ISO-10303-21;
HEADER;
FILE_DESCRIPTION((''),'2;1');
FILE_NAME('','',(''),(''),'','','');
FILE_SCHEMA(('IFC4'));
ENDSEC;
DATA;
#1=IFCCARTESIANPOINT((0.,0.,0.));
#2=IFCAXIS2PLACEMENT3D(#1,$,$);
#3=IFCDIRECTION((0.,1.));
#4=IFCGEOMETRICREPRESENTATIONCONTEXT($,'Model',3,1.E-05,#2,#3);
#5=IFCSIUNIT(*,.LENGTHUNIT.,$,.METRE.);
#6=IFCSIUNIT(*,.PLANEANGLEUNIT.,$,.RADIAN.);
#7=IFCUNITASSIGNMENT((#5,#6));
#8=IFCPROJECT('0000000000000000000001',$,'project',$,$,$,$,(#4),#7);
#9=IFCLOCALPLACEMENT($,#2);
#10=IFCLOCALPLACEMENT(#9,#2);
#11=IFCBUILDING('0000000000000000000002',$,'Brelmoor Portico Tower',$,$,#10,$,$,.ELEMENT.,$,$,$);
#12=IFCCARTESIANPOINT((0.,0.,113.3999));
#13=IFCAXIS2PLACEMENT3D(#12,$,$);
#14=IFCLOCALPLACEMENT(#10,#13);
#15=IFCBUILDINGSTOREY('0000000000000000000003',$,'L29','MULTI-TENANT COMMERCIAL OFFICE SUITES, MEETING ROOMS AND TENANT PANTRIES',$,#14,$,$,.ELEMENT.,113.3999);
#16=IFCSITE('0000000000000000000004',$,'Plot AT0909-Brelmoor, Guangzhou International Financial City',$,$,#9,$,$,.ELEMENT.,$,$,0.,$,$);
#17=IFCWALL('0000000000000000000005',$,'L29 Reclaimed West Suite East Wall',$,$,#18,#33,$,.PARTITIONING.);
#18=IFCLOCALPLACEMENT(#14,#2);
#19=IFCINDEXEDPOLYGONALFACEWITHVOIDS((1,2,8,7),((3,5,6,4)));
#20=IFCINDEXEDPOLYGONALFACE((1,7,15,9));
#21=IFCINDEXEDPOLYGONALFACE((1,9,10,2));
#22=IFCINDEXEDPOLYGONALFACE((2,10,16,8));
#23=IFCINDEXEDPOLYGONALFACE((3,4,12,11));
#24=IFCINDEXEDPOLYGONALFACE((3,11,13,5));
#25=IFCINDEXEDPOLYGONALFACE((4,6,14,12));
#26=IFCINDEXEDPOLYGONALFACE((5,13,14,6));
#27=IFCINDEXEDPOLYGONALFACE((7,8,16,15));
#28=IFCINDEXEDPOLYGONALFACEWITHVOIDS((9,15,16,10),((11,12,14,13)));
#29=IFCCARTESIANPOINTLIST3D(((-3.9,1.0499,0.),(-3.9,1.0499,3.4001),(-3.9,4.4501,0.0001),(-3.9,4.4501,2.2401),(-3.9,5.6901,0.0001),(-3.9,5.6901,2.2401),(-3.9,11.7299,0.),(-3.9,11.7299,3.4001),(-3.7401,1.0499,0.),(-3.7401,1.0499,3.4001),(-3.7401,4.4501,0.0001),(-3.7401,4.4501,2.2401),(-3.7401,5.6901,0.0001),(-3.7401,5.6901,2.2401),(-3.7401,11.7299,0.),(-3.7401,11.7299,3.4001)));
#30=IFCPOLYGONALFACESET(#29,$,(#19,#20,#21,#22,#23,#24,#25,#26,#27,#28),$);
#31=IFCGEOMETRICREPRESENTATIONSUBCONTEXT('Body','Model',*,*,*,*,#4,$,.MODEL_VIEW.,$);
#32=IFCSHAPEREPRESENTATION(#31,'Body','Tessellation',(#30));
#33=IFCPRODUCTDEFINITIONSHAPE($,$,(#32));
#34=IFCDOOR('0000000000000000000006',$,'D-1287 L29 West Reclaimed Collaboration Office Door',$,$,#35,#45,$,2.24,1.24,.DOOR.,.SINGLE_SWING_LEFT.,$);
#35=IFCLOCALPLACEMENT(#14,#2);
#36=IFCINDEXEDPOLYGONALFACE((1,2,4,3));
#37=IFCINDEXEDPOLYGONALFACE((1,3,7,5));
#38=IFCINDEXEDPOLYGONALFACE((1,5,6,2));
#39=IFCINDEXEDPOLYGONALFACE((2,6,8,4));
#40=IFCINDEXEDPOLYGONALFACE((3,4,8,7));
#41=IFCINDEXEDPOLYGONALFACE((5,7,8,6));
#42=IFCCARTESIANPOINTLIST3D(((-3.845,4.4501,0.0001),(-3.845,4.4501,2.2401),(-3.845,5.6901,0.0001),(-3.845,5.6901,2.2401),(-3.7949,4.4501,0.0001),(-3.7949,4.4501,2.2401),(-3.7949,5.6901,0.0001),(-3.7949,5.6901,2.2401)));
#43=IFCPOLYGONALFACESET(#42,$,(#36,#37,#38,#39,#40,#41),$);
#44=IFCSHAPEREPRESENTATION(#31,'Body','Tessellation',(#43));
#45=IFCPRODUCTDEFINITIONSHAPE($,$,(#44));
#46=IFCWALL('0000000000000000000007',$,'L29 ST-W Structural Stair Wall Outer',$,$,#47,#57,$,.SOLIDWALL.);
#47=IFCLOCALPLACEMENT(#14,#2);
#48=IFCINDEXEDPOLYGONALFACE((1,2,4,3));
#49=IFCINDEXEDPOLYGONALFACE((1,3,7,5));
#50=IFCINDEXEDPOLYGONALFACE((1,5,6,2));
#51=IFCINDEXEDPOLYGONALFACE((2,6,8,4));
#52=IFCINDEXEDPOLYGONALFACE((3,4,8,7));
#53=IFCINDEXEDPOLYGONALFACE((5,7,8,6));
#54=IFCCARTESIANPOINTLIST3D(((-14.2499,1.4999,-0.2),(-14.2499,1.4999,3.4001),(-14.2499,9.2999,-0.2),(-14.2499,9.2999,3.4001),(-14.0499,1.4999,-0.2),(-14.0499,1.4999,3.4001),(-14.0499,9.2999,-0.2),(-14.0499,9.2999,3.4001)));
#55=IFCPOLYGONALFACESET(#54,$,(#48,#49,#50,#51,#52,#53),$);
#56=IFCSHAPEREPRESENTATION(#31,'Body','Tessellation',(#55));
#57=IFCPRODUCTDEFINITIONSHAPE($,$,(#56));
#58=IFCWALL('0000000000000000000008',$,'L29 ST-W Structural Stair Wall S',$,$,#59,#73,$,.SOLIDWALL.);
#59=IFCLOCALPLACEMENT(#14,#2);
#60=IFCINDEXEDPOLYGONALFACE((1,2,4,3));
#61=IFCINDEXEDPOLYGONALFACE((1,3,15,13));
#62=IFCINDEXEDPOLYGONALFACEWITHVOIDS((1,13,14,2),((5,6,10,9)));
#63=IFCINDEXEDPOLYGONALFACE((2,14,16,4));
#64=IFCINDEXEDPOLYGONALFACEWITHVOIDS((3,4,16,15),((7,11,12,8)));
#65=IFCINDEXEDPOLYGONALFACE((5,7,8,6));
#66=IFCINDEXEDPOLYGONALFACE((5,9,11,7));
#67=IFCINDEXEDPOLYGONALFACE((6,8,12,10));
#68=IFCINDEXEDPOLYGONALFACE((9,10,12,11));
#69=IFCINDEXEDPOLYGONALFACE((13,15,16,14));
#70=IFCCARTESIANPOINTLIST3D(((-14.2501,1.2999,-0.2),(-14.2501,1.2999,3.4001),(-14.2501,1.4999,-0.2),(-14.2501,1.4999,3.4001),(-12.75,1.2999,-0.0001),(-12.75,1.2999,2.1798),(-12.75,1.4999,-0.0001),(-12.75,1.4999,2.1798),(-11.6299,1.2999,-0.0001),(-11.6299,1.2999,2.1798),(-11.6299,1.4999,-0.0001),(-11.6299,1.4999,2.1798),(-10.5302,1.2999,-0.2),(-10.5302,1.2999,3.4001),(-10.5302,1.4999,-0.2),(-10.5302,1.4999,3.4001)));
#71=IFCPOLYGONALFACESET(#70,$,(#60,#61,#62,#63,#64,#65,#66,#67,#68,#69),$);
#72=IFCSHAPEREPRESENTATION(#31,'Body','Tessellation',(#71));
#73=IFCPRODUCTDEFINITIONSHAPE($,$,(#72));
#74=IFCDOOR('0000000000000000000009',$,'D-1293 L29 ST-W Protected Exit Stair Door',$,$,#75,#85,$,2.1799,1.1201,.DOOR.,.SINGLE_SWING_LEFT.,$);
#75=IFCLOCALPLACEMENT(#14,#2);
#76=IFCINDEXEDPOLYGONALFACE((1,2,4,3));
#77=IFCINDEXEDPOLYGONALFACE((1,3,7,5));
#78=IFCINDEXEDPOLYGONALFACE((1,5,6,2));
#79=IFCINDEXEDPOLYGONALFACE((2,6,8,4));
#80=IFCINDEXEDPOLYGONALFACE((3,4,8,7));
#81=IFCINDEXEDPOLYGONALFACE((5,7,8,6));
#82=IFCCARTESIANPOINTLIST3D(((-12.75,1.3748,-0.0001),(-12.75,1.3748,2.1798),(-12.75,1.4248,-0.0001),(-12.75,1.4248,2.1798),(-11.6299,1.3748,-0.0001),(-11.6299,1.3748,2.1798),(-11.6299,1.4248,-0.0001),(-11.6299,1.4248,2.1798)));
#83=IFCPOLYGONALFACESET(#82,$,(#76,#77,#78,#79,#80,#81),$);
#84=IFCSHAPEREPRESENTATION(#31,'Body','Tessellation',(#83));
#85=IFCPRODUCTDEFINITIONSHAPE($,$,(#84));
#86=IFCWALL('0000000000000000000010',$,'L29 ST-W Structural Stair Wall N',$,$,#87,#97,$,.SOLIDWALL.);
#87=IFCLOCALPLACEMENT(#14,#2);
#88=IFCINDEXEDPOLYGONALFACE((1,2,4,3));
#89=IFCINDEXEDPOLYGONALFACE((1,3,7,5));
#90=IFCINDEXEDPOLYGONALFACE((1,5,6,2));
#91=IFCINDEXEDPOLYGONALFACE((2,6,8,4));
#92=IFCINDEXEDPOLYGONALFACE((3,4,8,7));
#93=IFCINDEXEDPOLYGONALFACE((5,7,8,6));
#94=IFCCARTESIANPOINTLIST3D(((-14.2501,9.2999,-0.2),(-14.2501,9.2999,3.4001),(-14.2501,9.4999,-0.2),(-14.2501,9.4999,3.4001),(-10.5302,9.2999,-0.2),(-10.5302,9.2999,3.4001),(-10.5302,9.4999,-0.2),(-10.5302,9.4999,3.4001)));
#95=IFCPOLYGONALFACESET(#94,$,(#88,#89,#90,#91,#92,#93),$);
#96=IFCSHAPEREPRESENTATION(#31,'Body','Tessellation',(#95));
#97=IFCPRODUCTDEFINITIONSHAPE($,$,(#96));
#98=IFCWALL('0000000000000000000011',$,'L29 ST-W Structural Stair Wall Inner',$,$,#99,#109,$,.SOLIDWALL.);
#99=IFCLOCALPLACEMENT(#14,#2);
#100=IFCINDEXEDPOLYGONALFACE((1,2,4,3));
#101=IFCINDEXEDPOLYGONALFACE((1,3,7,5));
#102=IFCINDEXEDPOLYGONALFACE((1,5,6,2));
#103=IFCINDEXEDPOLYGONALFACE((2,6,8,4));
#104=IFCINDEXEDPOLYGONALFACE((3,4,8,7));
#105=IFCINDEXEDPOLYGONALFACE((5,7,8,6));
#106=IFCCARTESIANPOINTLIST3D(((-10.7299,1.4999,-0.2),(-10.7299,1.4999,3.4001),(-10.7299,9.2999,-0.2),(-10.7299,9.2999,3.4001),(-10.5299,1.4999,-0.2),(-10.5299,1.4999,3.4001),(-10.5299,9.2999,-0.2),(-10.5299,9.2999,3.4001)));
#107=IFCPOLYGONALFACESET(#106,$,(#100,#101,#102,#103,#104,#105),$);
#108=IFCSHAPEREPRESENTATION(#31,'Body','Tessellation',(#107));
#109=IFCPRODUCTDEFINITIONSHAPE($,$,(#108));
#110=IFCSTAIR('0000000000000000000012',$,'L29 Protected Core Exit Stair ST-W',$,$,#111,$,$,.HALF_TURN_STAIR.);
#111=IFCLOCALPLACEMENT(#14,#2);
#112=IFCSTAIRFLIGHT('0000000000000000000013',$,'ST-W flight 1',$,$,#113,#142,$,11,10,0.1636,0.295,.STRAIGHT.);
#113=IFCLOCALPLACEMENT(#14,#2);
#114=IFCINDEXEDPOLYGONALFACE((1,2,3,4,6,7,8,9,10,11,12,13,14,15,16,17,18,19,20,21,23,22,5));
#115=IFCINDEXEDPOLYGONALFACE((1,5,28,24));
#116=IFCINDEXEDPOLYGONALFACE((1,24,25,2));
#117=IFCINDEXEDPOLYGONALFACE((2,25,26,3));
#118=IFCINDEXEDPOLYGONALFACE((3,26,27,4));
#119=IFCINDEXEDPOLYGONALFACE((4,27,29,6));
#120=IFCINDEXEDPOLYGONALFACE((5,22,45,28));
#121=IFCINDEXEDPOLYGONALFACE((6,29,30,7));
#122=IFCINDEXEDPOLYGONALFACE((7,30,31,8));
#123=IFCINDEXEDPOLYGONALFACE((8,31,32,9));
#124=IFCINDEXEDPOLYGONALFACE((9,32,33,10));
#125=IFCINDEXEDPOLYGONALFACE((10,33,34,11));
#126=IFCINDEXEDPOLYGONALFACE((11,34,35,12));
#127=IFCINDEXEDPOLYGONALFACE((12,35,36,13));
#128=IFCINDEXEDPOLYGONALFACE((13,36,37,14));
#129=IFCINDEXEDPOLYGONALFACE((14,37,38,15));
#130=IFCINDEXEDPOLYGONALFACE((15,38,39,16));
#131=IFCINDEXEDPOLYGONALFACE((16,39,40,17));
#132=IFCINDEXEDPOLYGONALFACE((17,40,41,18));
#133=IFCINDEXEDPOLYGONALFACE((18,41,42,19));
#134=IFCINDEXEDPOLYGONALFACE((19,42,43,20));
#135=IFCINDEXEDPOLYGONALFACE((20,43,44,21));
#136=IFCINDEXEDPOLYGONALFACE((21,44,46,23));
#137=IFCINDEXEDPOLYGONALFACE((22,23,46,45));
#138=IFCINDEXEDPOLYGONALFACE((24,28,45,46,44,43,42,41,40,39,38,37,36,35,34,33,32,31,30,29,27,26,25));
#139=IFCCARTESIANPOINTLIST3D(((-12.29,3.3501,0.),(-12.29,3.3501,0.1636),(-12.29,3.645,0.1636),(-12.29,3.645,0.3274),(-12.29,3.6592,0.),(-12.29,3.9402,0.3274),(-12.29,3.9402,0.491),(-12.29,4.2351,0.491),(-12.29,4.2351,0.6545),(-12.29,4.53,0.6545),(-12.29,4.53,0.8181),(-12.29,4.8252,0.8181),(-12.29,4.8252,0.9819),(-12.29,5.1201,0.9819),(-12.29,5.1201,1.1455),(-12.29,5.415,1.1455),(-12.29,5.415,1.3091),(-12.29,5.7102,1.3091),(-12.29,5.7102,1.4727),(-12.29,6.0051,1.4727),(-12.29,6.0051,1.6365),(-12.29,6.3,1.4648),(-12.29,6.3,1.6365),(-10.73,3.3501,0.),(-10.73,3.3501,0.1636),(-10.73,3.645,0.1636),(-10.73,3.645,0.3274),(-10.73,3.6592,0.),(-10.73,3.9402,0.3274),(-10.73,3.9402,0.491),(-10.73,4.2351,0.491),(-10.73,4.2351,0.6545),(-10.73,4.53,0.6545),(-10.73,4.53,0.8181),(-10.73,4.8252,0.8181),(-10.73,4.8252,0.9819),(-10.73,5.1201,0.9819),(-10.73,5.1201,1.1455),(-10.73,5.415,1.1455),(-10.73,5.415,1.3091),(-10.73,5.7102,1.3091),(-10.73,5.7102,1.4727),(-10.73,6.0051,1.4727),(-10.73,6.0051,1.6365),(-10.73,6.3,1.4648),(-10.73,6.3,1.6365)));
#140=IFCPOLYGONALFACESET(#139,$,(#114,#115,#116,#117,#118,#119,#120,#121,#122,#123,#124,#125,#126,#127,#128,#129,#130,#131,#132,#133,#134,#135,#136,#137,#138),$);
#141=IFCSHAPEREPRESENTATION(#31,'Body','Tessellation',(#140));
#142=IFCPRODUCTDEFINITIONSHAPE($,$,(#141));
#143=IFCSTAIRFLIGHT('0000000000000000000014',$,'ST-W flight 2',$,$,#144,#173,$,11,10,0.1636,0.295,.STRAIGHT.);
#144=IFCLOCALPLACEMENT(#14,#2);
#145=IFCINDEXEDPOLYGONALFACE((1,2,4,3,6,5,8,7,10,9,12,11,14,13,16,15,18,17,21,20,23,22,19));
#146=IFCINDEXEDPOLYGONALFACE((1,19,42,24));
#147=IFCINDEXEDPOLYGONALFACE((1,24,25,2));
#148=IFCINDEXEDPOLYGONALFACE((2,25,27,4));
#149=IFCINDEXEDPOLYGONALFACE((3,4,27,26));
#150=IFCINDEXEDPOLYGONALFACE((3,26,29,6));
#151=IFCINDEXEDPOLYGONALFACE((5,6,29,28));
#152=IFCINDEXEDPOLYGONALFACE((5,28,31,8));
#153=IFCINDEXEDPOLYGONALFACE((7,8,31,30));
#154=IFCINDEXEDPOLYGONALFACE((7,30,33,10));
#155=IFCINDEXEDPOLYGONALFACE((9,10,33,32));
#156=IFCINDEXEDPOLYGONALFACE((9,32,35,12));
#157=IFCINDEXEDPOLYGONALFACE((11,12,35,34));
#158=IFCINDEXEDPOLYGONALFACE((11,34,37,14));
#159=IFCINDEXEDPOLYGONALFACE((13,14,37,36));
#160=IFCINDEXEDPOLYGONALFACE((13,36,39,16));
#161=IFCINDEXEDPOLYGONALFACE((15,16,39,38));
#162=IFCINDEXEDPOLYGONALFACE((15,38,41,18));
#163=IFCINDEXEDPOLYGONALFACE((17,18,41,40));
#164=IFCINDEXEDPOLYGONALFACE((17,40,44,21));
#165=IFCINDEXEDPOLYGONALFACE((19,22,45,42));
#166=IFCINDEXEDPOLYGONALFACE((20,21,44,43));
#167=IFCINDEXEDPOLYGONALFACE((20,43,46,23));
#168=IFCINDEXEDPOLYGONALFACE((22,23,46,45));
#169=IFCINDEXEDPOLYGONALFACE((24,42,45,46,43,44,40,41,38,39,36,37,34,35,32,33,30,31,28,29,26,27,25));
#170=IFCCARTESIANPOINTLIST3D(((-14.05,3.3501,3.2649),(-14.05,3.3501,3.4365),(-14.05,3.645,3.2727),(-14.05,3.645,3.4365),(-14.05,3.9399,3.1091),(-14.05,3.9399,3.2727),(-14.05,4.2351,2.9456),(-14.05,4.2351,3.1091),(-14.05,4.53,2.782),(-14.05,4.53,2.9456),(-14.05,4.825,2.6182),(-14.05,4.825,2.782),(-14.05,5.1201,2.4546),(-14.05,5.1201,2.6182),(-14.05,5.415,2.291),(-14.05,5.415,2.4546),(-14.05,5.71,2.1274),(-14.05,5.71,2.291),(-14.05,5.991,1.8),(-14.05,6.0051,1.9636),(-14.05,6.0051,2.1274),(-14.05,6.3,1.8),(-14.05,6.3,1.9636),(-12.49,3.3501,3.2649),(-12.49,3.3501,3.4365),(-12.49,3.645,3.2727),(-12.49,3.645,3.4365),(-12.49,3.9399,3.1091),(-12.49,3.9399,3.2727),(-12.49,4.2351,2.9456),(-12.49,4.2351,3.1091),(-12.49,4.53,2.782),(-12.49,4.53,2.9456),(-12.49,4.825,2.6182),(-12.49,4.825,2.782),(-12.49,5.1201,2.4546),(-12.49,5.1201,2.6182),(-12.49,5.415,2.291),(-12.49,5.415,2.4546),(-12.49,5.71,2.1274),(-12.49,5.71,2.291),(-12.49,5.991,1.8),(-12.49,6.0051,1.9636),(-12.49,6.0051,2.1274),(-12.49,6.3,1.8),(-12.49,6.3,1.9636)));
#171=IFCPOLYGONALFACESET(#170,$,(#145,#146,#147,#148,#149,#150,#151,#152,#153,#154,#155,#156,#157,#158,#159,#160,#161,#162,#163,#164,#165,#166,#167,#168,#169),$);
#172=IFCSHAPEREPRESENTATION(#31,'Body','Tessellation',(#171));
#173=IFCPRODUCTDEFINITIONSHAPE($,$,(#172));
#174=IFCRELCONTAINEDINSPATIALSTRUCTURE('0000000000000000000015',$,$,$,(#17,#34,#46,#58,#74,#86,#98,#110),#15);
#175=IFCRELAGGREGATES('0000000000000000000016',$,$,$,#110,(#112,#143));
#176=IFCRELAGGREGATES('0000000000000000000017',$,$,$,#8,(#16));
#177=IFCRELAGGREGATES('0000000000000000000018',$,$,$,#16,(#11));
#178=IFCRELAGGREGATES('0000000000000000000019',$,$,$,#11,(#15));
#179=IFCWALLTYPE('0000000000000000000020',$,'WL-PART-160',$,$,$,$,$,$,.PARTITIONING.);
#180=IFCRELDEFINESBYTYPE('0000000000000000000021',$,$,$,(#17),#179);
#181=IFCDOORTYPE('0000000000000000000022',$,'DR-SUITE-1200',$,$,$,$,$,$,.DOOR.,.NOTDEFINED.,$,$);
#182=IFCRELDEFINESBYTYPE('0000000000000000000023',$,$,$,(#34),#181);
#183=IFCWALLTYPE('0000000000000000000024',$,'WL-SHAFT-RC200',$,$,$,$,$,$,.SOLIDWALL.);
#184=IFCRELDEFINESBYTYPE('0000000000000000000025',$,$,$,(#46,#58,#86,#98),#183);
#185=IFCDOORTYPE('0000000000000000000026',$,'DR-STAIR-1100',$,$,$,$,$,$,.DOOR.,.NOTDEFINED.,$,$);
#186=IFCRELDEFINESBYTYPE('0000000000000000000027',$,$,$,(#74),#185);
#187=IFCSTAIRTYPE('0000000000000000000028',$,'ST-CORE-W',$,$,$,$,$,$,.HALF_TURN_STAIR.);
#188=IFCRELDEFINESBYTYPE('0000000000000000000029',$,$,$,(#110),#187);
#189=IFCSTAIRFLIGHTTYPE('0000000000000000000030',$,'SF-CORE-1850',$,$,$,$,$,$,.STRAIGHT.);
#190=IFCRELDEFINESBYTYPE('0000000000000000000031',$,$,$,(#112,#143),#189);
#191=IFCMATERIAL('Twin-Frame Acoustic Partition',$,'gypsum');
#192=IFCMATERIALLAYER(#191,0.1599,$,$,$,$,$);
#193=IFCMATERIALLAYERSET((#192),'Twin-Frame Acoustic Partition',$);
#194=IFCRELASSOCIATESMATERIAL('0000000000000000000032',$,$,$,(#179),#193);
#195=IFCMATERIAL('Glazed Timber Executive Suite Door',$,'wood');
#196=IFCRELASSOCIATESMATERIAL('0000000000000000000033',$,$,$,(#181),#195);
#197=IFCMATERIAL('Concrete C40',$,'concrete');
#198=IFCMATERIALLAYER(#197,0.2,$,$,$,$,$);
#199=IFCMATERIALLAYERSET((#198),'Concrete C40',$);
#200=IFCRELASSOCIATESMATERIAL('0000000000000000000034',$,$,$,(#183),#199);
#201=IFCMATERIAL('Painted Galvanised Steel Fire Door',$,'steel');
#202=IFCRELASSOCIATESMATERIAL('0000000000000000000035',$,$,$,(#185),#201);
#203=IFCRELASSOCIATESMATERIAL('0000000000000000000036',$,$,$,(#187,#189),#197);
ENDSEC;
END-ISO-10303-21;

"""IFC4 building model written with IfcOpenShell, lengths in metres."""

from ifc_helpers import new_model, si_unit, direction, frame, frame_2d, origin, place, context, subcontext, project, spatial, polyline, rectangle, outline, extrude, material, layer, layer_set, type_object, element, fill, aggregate, save


model = new_model("IFC4")

# Units and contexts
model_context = context("Model", 3, precision=1e-05, world=origin(), true_north=direction((0.0, 1.0)))
body_context = subcontext(model_context, "Body", "Model", "MODEL_VIEW")
ifc_project = project(units=[si_unit("LENGTHUNIT", "METRE"), si_unit("PLANEANGLEUNIT", "RADIAN")], contexts=[model_context])

# Site, building, storey
site_placement = place(None, origin())
site = spatial("IfcSite", under=ifc_project, at=site_placement, Name="Plot AT0909-Brelmoor, Guangzhou International Financial City", CompositionType="ELEMENT", RefElevation=0.0)
building_placement = place(site_placement, origin())
building = spatial("IfcBuilding", under=site, at=building_placement, Name="Brelmoor Portico Tower", CompositionType="ELEMENT")
storey_placement = place(building_placement, frame((0.0, 0.0, 113.3999)))
storey = spatial("IfcBuildingStorey", under=building, at=storey_placement, Name="L29", Description="MULTI-TENANT COMMERCIAL OFFICE SUITES, MEETING ROOMS AND TENANT PANTRIES", CompositionType="ELEMENT", Elevation=113.3999)

# Shared definitions
ifc_material_1 = material(Name="Concrete C40", Category="concrete")

# Shared definitions
ifc_material_2 = material(Name="Twin-Frame Acoustic Partition", Category="gypsum")
ifc_layer_1 = layer(ifc_material_2, 0.1599)
ifc_layer_set_1 = layer_set([ifc_layer_1], Name="Twin-Frame Acoustic Partition")
wall_type_1 = type_object("IfcWallType", Name="WL-PART-160", PredefinedType="PARTITIONING", material=ifc_layer_set_1)

# Wall, opening, door
wall_1_placement = place(storey_placement, frame((-3.8201, 1.05, 0.0), z_axis=(0.0, 0.0, 1.0), x_axis=(0.0, 1.0, 0.0)))
wall_1 = element("IfcWall", 1, at=wall_1_placement, inside=storey, type_object=wall_type_1, Name="L29 Reclaimed West Suite East Wall", PredefinedType="PARTITIONING", context=body_context, shape_type="SweptSolid", body=[
    extrude(rectangle(XDim=10.6799, YDim=0.1599, at=frame_2d((5.3398, 0.0))), origin(), (0.0, 0.0, 1.0), 3.4001),
])
opening_1_placement = place(wall_1_placement, frame((3.3999, 0.0, 0.0)))
opening_1 = element("IfcOpeningElement", 2, at=opening_1_placement, cuts=wall_1, PredefinedType="OPENING", context=body_context, shape_type="SweptSolid", body=[
    extrude(rectangle(XDim=1.24, YDim=2.24, at=frame_2d((0.6201, 1.1201))), frame((0.0, 0.0898, 0.0), z_axis=(0.0, -1.0, 0.0), x_axis=(1.0, 0.0, 0.0)), (0.0, 0.0, 1.0), 0.1799),
])
ifc_material_3 = material(Name="Glazed Timber Executive Suite Door", Category="wood")
door_type_1 = type_object("IfcDoorType", Name="DR-SUITE-1200", OperationType="NOTDEFINED", PredefinedType="DOOR", material=ifc_material_3)
door_1_placement = place(opening_1_placement, origin())
door_1 = element("IfcDoor", 3, at=door_1_placement, inside=storey, type_object=door_type_1, Name="D-1287 L29 West Reclaimed Collaboration Office Door", OperationType="SINGLE_SWING_LEFT", OverallHeight=2.24, OverallWidth=1.24, PredefinedType="DOOR", context=body_context, shape_type="SweptSolid", body=[
    extrude(rectangle(XDim=1.24, YDim=2.24, at=frame_2d((0.6201, 1.1201))), frame((0.0, 0.0249, 0.0), z_axis=(0.0, -1.0, 0.0), x_axis=(1.0, 0.0, 0.0)), (0.0, 0.0, 1.0), 0.05),
])
fill(opening_1, door_1)

# Wall
ifc_layer_2 = layer(ifc_material_1, 0.2)
ifc_layer_set_2 = layer_set([ifc_layer_2], Name="Concrete C40")
wall_type_2 = type_object("IfcWallType", Name="WL-SHAFT-RC200", PredefinedType="SOLIDWALL", material=ifc_layer_set_2)
wall_2_placement = place(storey_placement, frame((-14.1499, 1.5, -0.2), z_axis=(0.0, 0.0, 1.0), x_axis=(0.0, 1.0, 0.0)))
element("IfcWall", 4, at=wall_2_placement, inside=storey, type_object=wall_type_2, Name="L29 ST-W Structural Stair Wall Outer", PredefinedType="SOLIDWALL", context=body_context, shape_type="SweptSolid", body=[
    extrude(rectangle(XDim=7.8, YDim=0.2, at=frame_2d((3.8999, 0.0))), origin(), (0.0, 0.0, 1.0), 3.6001),
])

# Wall, opening, door
wall_3_placement = place(storey_placement, frame((-14.25, 1.3999, -0.2), z_axis=(0.0, 0.0, 1.0), x_axis=(1.0, 0.0, 0.0)))
wall_3 = element("IfcWall", 5, at=wall_3_placement, inside=storey, type_object=wall_type_2, Name="L29 ST-W Structural Stair Wall S", PredefinedType="SOLIDWALL", context=body_context, shape_type="SweptSolid", body=[
    extrude(rectangle(XDim=3.72, YDim=0.2, at=frame_2d((1.8599, 0.0))), origin(), (0.0, 0.0, 1.0), 3.6001),
])
opening_2_placement = place(wall_3_placement, frame((1.5, 0.0, 0.2)))
opening_2 = element("IfcOpeningElement", 6, at=opening_2_placement, cuts=wall_3, PredefinedType="OPENING", context=body_context, shape_type="SweptSolid", body=[
    extrude(rectangle(XDim=1.1201, YDim=2.1799, at=frame_2d((0.5601, 1.0898))), frame((0.0, 0.1099, 0.0), z_axis=(0.0, -1.0, 0.0), x_axis=(1.0, 0.0, 0.0)), (0.0, 0.0, 1.0), 0.22),
])
ifc_material_4 = material(Name="Painted Galvanised Steel Fire Door", Category="steel")
door_type_2 = type_object("IfcDoorType", Name="DR-STAIR-1100", OperationType="NOTDEFINED", PredefinedType="DOOR", material=ifc_material_4)
door_2_placement = place(opening_2_placement, origin())
door_2 = element("IfcDoor", 7, at=door_2_placement, inside=storey, type_object=door_type_2, Name="D-1293 L29 ST-W Protected Exit Stair Door", OperationType="SINGLE_SWING_LEFT", OverallHeight=2.1799, OverallWidth=1.1201, PredefinedType="DOOR", context=body_context, shape_type="SweptSolid", body=[
    extrude(rectangle(XDim=1.1201, YDim=2.1799, at=frame_2d((0.5601, 1.0898))), frame((0.0, 0.0249, 0.0), z_axis=(0.0, -1.0, 0.0), x_axis=(1.0, 0.0, 0.0)), (0.0, 0.0, 1.0), 0.05),
])
fill(opening_2, door_2)

# Walls
wall_4_placement = place(storey_placement, frame((-14.25, 9.3999, -0.2), z_axis=(0.0, 0.0, 1.0), x_axis=(1.0, 0.0, 0.0)))
element("IfcWall", 8, at=wall_4_placement, inside=storey, type_object=wall_type_2, Name="L29 ST-W Structural Stair Wall N", PredefinedType="SOLIDWALL", context=body_context, shape_type="SweptSolid", body=[
    extrude(rectangle(XDim=3.72, YDim=0.2, at=frame_2d((1.8599, 0.0))), origin(), (0.0, 0.0, 1.0), 3.6001),
])
wall_5_placement = place(storey_placement, frame((-10.6299, 1.5, -0.2), z_axis=(0.0, 0.0, 1.0), x_axis=(0.0, 1.0, 0.0)))
element("IfcWall", 9, at=wall_5_placement, inside=storey, type_object=wall_type_2, Name="L29 ST-W Structural Stair Wall Inner", PredefinedType="SOLIDWALL", context=body_context, shape_type="SweptSolid", body=[
    extrude(rectangle(XDim=7.8, YDim=0.2, at=frame_2d((3.8999, 0.0))), origin(), (0.0, 0.0, 1.0), 3.6001),
])

# Stair, stair flights
stair_type = type_object("IfcStairType", Name="ST-CORE-W", PredefinedType="HALF_TURN_STAIR", material=ifc_material_1)
stair_placement = place(storey_placement, origin())
stair = element("IfcStair", 10, at=stair_placement, inside=storey, type_object=stair_type, Name="L29 Protected Core Exit Stair ST-W", PredefinedType="HALF_TURN_STAIR")
stair_flight_type = type_object("IfcStairFlightType", Name="SF-CORE-1850", PredefinedType="STRAIGHT", material=ifc_material_1)
stair_flight_1_placement = place(storey_placement, frame((-11.51, 3.3501, 0.0), z_axis=(0.0, 0.0, 1.0), x_axis=(0.0, 1.0, 0.0)))
stair_flight_1 = element("IfcStairFlight", 11, at=stair_flight_1_placement, type_object=stair_flight_type, Name="ST-W flight 1", NumberOfRisers=11, NumberOfTreads=10, PredefinedType="STRAIGHT", RiserHeight=0.1636, TreadLength=0.295, context=body_context, shape_type="SweptSolid", body=[
    extrude(outline(polyline([(0.0, 0.0), (0.0, 0.1636), (0.2949, 0.1636), (0.2949, 0.3274), (0.5901, 0.3274), (0.5901, 0.491), (0.885, 0.491), (0.885, 0.6545), (1.1799, 0.6545), (1.1799, 0.8181), (1.4751, 0.8181), (1.4751, 0.9819), (1.77, 0.9819), (1.77, 1.1455), (2.0649, 1.1455), (2.0649, 1.3091), (2.3601, 1.3091), (2.3601, 1.4727), (2.655, 1.4727), (2.655, 1.6365), (2.95, 1.6365), (2.95, 1.8), (2.95, 1.4648), (0.3091, 0.0), (0.0, 0.0)])), frame((0.0, 0.78, 0.0), z_axis=(0.0, -1.0, 0.0), x_axis=(1.0, 0.0, 0.0)), (0.0, 0.0, 1.0), 1.5601),
])
stair_flight_2_placement = place(storey_placement, frame((-13.27, 6.3, 1.8), z_axis=(0.0, 0.0, 1.0), x_axis=(0.0, -1.0, 0.0)))
stair_flight_2 = element("IfcStairFlight", 12, at=stair_flight_2_placement, type_object=stair_flight_type, Name="ST-W flight 2", NumberOfRisers=11, NumberOfTreads=10, PredefinedType="STRAIGHT", RiserHeight=0.1636, TreadLength=0.295, context=body_context, shape_type="SweptSolid", body=[
    extrude(outline(polyline([(0.0, 0.0), (0.0, 0.1636), (0.2949, 0.1636), (0.2949, 0.3274), (0.5901, 0.3274), (0.5901, 0.491), (0.885, 0.491), (0.885, 0.6545), (1.1799, 0.6545), (1.1799, 0.8181), (1.4751, 0.8181), (1.4751, 0.9819), (1.77, 0.9819), (1.77, 1.1455), (2.0649, 1.1455), (2.0649, 1.3091), (2.3601, 1.3091), (2.3601, 1.4727), (2.655, 1.4727), (2.655, 1.6365), (2.95, 1.6365), (2.95, 1.8), (2.95, 1.4648), (0.3091, 0.0), (0.0, 0.0)])), frame((0.0, 0.78, 0.0), z_axis=(0.0, -1.0, 0.0), x_axis=(1.0, 0.0, 0.0)), (0.0, 0.0, 1.0), 1.5601),
])
aggregate(stair, [stair_flight_1, stair_flight_2])

save(model, "model.ifc")
